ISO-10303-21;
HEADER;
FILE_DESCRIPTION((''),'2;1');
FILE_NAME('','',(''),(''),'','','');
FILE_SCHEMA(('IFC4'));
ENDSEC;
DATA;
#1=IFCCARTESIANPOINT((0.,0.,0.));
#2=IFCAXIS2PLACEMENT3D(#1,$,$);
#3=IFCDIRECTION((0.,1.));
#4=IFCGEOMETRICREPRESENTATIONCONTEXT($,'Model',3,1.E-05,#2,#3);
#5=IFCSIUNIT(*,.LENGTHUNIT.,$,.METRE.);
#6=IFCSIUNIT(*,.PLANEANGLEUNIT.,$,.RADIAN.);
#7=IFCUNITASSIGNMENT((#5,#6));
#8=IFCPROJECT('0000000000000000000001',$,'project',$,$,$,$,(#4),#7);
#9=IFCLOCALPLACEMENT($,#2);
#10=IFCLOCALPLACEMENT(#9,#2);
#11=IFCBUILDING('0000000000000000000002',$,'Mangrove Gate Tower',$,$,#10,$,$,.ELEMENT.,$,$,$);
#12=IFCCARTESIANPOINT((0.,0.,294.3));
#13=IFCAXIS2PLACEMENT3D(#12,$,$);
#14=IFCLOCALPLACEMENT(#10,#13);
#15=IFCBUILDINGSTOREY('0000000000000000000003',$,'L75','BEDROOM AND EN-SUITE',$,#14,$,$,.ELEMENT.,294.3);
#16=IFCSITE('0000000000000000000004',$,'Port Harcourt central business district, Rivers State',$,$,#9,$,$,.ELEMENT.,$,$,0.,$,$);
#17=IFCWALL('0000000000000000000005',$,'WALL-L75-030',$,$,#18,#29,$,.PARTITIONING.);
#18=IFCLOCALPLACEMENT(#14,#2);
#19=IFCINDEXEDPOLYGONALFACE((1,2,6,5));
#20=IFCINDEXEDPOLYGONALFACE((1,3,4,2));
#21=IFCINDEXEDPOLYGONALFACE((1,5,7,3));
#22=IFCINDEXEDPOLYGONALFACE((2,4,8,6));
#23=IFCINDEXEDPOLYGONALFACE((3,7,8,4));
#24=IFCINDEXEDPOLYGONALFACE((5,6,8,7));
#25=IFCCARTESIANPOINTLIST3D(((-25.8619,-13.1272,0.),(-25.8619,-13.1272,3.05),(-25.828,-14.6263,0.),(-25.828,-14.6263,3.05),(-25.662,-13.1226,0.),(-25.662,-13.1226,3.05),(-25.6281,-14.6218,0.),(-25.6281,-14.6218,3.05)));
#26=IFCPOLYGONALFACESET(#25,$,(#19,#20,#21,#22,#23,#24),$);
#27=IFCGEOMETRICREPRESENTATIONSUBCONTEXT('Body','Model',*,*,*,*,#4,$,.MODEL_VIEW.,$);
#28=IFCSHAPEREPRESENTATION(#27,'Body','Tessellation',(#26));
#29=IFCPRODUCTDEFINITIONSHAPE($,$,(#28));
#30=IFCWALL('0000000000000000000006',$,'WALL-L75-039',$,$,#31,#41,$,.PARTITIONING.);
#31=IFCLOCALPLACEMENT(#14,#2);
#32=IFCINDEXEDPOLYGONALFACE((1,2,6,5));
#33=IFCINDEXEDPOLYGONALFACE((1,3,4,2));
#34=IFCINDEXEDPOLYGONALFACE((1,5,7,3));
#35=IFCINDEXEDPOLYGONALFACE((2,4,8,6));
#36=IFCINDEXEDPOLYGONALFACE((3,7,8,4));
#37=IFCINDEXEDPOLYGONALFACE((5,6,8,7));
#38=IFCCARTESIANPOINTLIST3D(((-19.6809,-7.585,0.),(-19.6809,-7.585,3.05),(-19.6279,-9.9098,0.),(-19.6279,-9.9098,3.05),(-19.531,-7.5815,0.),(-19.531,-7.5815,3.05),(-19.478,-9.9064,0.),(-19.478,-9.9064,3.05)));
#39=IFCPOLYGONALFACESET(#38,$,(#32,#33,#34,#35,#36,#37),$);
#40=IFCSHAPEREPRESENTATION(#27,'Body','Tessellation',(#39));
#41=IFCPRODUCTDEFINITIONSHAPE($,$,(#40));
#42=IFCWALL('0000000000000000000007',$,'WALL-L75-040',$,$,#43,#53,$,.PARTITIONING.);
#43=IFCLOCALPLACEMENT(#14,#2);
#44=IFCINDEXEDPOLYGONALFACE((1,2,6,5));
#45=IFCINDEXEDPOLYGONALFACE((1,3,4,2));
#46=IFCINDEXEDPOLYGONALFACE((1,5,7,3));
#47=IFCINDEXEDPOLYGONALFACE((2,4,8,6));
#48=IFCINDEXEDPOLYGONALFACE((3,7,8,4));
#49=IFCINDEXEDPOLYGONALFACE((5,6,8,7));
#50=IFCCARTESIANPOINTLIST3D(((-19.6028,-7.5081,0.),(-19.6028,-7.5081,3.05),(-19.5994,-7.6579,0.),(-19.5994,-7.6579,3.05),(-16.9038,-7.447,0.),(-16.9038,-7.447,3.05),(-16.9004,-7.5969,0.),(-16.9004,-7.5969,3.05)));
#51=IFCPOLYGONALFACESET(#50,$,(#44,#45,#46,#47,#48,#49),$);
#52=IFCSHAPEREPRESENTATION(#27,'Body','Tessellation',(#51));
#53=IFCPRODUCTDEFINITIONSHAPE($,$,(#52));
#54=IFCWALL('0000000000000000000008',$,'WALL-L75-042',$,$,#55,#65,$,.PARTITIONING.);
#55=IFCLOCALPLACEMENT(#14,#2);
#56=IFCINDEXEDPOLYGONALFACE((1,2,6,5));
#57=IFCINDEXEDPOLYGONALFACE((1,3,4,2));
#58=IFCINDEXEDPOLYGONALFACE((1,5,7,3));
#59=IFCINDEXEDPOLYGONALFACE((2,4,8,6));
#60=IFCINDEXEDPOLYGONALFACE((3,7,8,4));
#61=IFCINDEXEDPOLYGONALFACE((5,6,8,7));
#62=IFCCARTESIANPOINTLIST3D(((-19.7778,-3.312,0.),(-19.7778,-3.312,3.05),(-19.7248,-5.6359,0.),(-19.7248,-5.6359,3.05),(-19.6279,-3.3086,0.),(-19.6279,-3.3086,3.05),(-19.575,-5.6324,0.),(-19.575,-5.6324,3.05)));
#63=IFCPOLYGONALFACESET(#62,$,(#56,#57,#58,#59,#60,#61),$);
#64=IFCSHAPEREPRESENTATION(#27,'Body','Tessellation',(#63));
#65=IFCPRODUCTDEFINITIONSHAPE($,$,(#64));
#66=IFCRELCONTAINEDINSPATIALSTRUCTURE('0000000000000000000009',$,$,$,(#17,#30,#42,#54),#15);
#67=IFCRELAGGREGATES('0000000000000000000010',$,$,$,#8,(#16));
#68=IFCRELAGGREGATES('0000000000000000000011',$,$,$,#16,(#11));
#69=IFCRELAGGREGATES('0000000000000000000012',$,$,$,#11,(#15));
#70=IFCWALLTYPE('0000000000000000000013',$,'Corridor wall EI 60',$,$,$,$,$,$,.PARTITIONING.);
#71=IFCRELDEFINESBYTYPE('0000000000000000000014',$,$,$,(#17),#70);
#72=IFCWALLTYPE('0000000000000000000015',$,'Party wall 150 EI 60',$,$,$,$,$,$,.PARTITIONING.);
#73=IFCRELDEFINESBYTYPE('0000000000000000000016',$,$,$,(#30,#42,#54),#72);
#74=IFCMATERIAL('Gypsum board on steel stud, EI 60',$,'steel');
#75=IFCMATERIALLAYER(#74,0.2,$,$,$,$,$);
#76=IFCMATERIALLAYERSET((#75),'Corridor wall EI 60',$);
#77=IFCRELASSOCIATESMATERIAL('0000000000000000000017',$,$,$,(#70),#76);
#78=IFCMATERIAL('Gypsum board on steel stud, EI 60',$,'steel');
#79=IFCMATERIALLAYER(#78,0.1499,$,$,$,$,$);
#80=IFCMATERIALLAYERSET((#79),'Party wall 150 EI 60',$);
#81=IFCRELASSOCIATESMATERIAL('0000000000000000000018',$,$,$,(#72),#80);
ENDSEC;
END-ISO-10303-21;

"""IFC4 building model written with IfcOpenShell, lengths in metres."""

from ifc_helpers import new_model, si_unit, direction, frame, frame_2d, origin, place, context, subcontext, project, spatial, rectangle, extrude, material, layer, layer_set, type_object, element, save


model = new_model("IFC4")

# Units and contexts
model_context = context("Model", 3, precision=1e-05, world=origin(), true_north=direction((0.0, 1.0)))
body_context = subcontext(model_context, "Body", "Model", "MODEL_VIEW")
ifc_project = project(units=[si_unit("LENGTHUNIT", "METRE"), si_unit("PLANEANGLEUNIT", "RADIAN")], contexts=[model_context])

# Site, building, storey
site_placement = place(None, origin())
site = spatial("IfcSite", under=ifc_project, at=site_placement, Name="Port Harcourt central business district, Rivers State", CompositionType="ELEMENT", RefElevation=0.0)
building_placement = place(site_placement, origin())
building = spatial("IfcBuilding", under=site, at=building_placement, Name="Mangrove Gate Tower", CompositionType="ELEMENT")
storey_placement = place(building_placement, frame((0.0, 0.0, 294.3)))
storey = spatial("IfcBuildingStorey", under=building, at=storey_placement, Name="L75", Description="BEDROOM AND EN-SUITE", CompositionType="ELEMENT", Elevation=294.3)

# Wall
ifc_material_1 = material(Name="Gypsum board on steel stud, EI 60", Category="steel")
ifc_layer_1 = layer(ifc_material_1, 0.2)
ifc_layer_set_1 = layer_set([ifc_layer_1], Name="Corridor wall EI 60")
wall_type_1 = type_object("IfcWallType", Name="Corridor wall EI 60", PredefinedType="PARTITIONING", material=ifc_layer_set_1)
wall_1_placement = place(storey_placement, frame((-25.728, -14.624, 0.0), z_axis=(0.0, 0.0, 1.0), x_axis=(-0.022633, 0.999744, 0.0)))
element("IfcWall", 1, at=wall_1_placement, inside=storey, type_object=wall_type_1, Name="WALL-L75-030", PredefinedType="PARTITIONING", context=body_context, shape_type="SweptSolid", body=[
    extrude(rectangle(XDim=1.4995, YDim=0.2, at=frame_2d((0.7498, 0.0))), origin(), (0.0, 0.0, 1.0), 3.05),
])

# Walls
ifc_material_2 = material(Name="Gypsum board on steel stud, EI 60", Category="steel")
ifc_layer_2 = layer(ifc_material_2, 0.1499)
ifc_layer_set_2 = layer_set([ifc_layer_2], Name="Party wall 150 EI 60")
wall_type_2 = type_object("IfcWallType", Name="Party wall 150 EI 60", PredefinedType="PARTITIONING", material=ifc_layer_set_2)
wall_2_placement = place(storey_placement, frame((-19.553, -9.908, 0.0), z_axis=(0.0, 0.0, 1.0), x_axis=(-0.022781, 0.99974, 0.0)))
element("IfcWall", 2, at=wall_2_placement, inside=storey, type_object=wall_type_2, Name="WALL-L75-039", PredefinedType="PARTITIONING", context=body_context, shape_type="SweptSolid", body=[
    extrude(rectangle(XDim=2.3254, YDim=0.1499, at=frame_2d((1.1626, 0.0))), origin(), (0.0, 0.0, 1.0), 3.05),
])
wall_3_placement = place(storey_placement, frame((-19.6011, -7.583, 0.0), z_axis=(0.0, 0.0, 1.0), x_axis=(0.999744, 0.022608, 0.0)))
element("IfcWall", 3, at=wall_3_placement, inside=storey, type_object=wall_type_2, Name="WALL-L75-040", PredefinedType="PARTITIONING", context=body_context, shape_type="SweptSolid", body=[
    extrude(rectangle(XDim=2.6997, YDim=0.1499, at=frame_2d((1.3499, 0.0))), origin(), (0.0, 0.0, 1.0), 3.05),
])
wall_4_placement = place(storey_placement, frame((-19.6499, -5.634, 0.0), z_axis=(0.0, 0.0, 1.0), x_axis=(-0.022791, 0.99974, 0.0)))
element("IfcWall", 4, at=wall_4_placement, inside=storey, type_object=wall_type_2, Name="WALL-L75-042", PredefinedType="PARTITIONING", context=body_context, shape_type="SweptSolid", body=[
    extrude(rectangle(XDim=2.3245, YDim=0.1499, at=frame_2d((1.1621, 0.0))), origin(), (0.0, 0.0, 1.0), 3.05),
])

save(model, "model.ifc")
